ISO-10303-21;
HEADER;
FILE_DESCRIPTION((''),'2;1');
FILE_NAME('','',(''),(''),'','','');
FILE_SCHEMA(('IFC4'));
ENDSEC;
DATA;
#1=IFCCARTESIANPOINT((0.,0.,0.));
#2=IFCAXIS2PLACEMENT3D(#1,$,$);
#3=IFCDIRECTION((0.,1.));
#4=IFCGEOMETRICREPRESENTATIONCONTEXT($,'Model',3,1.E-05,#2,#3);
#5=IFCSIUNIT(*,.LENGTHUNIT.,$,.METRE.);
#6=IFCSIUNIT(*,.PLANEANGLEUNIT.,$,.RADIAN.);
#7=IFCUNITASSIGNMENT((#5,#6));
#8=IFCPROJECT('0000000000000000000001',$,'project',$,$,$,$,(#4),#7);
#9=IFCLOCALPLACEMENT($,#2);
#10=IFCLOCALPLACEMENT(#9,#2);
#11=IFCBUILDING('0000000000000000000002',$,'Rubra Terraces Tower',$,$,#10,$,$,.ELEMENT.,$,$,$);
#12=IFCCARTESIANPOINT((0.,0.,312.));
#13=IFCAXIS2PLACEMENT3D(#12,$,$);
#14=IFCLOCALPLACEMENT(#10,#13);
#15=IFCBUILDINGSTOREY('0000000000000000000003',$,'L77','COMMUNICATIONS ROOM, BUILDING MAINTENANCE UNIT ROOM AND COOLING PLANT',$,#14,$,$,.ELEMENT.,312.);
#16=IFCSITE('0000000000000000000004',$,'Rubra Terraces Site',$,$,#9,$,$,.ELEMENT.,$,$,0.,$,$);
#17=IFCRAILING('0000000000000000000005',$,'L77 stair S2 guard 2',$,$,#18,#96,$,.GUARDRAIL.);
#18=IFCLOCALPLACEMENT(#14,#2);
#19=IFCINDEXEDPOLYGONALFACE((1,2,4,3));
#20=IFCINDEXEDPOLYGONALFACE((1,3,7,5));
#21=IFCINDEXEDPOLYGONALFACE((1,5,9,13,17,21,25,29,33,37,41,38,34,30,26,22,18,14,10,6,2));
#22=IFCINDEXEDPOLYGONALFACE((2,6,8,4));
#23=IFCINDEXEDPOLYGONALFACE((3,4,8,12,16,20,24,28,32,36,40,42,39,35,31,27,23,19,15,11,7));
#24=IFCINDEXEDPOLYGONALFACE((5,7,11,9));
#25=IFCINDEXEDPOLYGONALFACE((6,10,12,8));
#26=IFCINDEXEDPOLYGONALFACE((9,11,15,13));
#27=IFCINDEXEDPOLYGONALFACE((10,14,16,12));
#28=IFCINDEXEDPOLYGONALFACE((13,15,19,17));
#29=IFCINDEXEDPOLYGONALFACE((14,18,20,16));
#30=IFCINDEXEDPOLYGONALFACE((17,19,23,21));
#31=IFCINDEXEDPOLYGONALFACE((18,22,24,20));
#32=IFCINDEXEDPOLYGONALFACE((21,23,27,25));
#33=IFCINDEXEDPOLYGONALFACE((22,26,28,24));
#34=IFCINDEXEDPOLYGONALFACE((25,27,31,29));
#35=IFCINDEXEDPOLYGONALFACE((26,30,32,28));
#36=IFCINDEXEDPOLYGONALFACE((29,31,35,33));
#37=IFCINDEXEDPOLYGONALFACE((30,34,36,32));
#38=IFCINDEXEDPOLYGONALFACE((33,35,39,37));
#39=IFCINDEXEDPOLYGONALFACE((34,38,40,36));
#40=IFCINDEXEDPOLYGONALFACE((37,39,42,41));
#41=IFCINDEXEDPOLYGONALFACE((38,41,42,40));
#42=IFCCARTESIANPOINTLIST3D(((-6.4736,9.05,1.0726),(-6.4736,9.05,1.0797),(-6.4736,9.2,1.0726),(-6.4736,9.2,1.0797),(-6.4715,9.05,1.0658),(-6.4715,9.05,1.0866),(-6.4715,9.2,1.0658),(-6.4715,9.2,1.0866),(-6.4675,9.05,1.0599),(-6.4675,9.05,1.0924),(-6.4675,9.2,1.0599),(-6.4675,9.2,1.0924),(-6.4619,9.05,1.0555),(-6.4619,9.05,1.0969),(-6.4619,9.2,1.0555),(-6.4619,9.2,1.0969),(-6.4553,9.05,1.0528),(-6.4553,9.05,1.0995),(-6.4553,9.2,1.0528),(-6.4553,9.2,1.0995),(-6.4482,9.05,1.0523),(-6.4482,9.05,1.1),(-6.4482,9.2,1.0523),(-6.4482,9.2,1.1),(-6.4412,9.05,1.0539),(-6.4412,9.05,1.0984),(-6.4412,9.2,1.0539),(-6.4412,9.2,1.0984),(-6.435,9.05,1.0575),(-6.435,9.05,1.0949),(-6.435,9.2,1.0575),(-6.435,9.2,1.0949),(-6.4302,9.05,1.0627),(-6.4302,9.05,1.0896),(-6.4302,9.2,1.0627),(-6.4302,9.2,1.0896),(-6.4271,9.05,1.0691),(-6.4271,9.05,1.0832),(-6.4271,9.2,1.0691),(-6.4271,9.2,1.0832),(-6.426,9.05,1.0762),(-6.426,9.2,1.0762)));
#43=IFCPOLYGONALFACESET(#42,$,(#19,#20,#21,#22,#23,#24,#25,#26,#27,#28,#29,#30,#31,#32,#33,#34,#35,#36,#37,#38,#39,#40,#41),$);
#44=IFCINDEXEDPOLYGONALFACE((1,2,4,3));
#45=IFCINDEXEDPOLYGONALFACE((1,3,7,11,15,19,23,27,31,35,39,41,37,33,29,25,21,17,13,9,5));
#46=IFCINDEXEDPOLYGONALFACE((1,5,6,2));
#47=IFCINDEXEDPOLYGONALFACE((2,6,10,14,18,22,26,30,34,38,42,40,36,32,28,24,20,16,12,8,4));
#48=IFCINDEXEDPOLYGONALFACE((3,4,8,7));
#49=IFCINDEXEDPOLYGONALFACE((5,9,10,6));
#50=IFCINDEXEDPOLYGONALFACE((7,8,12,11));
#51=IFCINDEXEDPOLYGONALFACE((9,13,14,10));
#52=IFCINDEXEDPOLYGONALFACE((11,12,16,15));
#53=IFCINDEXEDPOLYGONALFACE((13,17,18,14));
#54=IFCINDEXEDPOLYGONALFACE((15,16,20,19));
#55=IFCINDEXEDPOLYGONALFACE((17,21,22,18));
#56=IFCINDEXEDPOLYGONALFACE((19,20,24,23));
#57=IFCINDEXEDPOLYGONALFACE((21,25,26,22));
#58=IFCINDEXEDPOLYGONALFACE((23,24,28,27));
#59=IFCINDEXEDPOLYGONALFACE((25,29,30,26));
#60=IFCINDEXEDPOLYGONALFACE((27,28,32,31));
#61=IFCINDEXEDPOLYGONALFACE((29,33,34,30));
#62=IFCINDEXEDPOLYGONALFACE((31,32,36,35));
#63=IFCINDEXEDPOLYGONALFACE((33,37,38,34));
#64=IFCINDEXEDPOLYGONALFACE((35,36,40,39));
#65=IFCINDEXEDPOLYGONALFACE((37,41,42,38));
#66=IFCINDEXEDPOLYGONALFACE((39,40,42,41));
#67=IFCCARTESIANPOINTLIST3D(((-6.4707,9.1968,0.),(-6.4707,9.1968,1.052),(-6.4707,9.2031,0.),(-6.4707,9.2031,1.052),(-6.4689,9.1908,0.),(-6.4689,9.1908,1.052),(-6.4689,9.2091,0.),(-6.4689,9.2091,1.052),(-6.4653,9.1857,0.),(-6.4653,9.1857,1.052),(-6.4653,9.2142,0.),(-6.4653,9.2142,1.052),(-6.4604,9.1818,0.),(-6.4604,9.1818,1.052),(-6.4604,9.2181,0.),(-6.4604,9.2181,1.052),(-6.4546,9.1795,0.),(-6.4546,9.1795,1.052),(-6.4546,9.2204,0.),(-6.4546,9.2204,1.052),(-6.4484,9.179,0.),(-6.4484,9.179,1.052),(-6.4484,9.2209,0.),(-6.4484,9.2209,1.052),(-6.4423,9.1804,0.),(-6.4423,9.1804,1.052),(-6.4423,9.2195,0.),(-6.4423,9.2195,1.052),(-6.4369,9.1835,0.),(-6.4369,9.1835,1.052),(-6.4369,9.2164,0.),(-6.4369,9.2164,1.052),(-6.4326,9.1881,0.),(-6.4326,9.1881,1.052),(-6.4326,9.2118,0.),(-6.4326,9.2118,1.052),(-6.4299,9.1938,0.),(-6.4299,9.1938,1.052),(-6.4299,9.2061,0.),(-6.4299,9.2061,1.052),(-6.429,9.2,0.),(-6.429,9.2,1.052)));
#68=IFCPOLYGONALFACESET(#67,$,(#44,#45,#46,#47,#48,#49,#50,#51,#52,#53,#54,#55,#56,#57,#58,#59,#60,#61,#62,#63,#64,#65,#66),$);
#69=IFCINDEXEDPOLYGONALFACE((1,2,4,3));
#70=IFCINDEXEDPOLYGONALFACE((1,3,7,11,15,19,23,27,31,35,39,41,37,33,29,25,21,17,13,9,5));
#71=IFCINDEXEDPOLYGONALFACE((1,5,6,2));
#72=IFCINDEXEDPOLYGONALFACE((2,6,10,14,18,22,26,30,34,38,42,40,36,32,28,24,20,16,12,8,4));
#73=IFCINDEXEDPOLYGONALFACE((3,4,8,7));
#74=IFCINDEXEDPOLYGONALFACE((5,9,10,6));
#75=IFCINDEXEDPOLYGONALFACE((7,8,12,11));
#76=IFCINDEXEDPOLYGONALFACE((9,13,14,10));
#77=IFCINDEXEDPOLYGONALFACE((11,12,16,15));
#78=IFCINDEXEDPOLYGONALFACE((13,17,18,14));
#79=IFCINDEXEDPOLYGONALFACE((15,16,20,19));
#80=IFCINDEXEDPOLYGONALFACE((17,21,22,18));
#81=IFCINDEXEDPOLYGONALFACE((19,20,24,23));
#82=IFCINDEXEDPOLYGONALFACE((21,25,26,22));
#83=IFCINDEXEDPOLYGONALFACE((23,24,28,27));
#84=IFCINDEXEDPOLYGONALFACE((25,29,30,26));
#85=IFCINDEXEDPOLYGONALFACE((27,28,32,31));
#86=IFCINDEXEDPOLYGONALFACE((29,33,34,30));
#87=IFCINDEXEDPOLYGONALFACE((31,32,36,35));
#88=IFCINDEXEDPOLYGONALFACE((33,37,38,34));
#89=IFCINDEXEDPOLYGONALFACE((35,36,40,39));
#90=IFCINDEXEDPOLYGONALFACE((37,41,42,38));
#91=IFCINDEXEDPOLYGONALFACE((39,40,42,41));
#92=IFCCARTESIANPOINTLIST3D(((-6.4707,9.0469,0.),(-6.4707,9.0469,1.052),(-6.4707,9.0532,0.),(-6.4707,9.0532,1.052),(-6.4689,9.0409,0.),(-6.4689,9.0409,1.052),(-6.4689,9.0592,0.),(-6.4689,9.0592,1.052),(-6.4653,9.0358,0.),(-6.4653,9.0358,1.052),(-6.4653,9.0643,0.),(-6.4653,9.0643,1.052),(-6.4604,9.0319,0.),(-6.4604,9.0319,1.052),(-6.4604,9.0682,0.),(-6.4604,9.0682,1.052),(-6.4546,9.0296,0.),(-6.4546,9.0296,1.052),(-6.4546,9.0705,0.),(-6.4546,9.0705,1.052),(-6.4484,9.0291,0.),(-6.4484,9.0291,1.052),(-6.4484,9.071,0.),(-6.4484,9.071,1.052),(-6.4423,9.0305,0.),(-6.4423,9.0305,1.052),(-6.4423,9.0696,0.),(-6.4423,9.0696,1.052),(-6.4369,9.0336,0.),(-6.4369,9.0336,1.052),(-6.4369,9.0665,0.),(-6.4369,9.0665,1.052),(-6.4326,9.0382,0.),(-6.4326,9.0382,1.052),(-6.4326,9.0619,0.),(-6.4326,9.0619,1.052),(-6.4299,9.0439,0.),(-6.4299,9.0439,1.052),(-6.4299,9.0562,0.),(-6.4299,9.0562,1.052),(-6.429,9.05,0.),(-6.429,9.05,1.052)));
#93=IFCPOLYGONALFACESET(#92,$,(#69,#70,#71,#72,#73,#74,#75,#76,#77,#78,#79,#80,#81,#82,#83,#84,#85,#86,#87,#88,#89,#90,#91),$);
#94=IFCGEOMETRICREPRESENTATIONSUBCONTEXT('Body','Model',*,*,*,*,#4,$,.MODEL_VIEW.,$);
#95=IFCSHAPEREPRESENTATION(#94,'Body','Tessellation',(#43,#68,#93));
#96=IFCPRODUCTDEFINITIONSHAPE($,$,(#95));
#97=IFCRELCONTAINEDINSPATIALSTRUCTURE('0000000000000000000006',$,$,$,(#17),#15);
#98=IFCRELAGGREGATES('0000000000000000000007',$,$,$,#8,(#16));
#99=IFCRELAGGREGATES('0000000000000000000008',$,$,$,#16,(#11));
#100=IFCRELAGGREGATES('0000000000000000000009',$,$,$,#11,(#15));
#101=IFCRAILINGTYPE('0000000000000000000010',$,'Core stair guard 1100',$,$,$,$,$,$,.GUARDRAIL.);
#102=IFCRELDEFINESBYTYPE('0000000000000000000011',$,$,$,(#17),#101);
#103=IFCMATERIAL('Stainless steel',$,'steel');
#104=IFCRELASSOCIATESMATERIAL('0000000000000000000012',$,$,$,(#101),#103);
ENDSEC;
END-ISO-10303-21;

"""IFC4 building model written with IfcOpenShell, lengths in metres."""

from ifc_helpers import new_model, si_unit, direction, frame, origin, origin_2d, place, context, subcontext, project, spatial, circle, extrude, material, type_object, element, save


model = new_model("IFC4")

# Units and contexts
model_context = context("Model", 3, precision=1e-05, world=origin(), true_north=direction((0.0, 1.0)))
body_context = subcontext(model_context, "Body", "Model", "MODEL_VIEW")
ifc_project = project(units=[si_unit("LENGTHUNIT", "METRE"), si_unit("PLANEANGLEUNIT", "RADIAN")], contexts=[model_context])

# Site, building, storey
site_placement = place(None, origin())
site = spatial("IfcSite", under=ifc_project, at=site_placement, Name="Rubra Terraces Site", CompositionType="ELEMENT", RefElevation=0.0)
building_placement = place(site_placement, origin())
building = spatial("IfcBuilding", under=site, at=building_placement, Name="Rubra Terraces Tower", CompositionType="ELEMENT")
storey_placement = place(building_placement, frame((0.0, 0.0, 312.0)))
storey = spatial("IfcBuildingStorey", under=building, at=storey_placement, Name="L77", Description="COMMUNICATIONS ROOM, BUILDING MAINTENANCE UNIT ROOM AND COOLING PLANT", CompositionType="ELEMENT", Elevation=312.0)

# Railing
ifc_material_1 = material(Name="Stainless steel", Category="steel")
railing_type_1 = type_object("IfcRailingType", Name="Core stair guard 1100", PredefinedType="GUARDRAIL", material=ifc_material_1)
railing_1_placement = place(storey_placement, frame((-6.45, 9.2, 0.0)))
element("IfcRailing", 1, at=railing_1_placement, inside=storey, type_object=railing_type_1, Name="L77 stair S2 guard 2", PredefinedType="GUARDRAIL", context=body_context, shape_type="SweptSolid", body=[
    extrude(circle(Radius=0.0239, at=origin_2d()), frame((0.0, 0.0, 1.0762), z_axis=(0.0, -1.0, 0.0), x_axis=(1.0, 0.0, 0.0)), (0.0, 0.0, 1.0), 0.1499),
    extrude(circle(Radius=0.021, at=origin_2d()), origin(), (0.0, 0.0, 1.0), 1.052),
    extrude(circle(Radius=0.021, at=origin_2d()), frame((0.0, -0.1499, 0.0)), (0.0, 0.0, 1.0), 1.052),
])

save(model, "model.ifc")
